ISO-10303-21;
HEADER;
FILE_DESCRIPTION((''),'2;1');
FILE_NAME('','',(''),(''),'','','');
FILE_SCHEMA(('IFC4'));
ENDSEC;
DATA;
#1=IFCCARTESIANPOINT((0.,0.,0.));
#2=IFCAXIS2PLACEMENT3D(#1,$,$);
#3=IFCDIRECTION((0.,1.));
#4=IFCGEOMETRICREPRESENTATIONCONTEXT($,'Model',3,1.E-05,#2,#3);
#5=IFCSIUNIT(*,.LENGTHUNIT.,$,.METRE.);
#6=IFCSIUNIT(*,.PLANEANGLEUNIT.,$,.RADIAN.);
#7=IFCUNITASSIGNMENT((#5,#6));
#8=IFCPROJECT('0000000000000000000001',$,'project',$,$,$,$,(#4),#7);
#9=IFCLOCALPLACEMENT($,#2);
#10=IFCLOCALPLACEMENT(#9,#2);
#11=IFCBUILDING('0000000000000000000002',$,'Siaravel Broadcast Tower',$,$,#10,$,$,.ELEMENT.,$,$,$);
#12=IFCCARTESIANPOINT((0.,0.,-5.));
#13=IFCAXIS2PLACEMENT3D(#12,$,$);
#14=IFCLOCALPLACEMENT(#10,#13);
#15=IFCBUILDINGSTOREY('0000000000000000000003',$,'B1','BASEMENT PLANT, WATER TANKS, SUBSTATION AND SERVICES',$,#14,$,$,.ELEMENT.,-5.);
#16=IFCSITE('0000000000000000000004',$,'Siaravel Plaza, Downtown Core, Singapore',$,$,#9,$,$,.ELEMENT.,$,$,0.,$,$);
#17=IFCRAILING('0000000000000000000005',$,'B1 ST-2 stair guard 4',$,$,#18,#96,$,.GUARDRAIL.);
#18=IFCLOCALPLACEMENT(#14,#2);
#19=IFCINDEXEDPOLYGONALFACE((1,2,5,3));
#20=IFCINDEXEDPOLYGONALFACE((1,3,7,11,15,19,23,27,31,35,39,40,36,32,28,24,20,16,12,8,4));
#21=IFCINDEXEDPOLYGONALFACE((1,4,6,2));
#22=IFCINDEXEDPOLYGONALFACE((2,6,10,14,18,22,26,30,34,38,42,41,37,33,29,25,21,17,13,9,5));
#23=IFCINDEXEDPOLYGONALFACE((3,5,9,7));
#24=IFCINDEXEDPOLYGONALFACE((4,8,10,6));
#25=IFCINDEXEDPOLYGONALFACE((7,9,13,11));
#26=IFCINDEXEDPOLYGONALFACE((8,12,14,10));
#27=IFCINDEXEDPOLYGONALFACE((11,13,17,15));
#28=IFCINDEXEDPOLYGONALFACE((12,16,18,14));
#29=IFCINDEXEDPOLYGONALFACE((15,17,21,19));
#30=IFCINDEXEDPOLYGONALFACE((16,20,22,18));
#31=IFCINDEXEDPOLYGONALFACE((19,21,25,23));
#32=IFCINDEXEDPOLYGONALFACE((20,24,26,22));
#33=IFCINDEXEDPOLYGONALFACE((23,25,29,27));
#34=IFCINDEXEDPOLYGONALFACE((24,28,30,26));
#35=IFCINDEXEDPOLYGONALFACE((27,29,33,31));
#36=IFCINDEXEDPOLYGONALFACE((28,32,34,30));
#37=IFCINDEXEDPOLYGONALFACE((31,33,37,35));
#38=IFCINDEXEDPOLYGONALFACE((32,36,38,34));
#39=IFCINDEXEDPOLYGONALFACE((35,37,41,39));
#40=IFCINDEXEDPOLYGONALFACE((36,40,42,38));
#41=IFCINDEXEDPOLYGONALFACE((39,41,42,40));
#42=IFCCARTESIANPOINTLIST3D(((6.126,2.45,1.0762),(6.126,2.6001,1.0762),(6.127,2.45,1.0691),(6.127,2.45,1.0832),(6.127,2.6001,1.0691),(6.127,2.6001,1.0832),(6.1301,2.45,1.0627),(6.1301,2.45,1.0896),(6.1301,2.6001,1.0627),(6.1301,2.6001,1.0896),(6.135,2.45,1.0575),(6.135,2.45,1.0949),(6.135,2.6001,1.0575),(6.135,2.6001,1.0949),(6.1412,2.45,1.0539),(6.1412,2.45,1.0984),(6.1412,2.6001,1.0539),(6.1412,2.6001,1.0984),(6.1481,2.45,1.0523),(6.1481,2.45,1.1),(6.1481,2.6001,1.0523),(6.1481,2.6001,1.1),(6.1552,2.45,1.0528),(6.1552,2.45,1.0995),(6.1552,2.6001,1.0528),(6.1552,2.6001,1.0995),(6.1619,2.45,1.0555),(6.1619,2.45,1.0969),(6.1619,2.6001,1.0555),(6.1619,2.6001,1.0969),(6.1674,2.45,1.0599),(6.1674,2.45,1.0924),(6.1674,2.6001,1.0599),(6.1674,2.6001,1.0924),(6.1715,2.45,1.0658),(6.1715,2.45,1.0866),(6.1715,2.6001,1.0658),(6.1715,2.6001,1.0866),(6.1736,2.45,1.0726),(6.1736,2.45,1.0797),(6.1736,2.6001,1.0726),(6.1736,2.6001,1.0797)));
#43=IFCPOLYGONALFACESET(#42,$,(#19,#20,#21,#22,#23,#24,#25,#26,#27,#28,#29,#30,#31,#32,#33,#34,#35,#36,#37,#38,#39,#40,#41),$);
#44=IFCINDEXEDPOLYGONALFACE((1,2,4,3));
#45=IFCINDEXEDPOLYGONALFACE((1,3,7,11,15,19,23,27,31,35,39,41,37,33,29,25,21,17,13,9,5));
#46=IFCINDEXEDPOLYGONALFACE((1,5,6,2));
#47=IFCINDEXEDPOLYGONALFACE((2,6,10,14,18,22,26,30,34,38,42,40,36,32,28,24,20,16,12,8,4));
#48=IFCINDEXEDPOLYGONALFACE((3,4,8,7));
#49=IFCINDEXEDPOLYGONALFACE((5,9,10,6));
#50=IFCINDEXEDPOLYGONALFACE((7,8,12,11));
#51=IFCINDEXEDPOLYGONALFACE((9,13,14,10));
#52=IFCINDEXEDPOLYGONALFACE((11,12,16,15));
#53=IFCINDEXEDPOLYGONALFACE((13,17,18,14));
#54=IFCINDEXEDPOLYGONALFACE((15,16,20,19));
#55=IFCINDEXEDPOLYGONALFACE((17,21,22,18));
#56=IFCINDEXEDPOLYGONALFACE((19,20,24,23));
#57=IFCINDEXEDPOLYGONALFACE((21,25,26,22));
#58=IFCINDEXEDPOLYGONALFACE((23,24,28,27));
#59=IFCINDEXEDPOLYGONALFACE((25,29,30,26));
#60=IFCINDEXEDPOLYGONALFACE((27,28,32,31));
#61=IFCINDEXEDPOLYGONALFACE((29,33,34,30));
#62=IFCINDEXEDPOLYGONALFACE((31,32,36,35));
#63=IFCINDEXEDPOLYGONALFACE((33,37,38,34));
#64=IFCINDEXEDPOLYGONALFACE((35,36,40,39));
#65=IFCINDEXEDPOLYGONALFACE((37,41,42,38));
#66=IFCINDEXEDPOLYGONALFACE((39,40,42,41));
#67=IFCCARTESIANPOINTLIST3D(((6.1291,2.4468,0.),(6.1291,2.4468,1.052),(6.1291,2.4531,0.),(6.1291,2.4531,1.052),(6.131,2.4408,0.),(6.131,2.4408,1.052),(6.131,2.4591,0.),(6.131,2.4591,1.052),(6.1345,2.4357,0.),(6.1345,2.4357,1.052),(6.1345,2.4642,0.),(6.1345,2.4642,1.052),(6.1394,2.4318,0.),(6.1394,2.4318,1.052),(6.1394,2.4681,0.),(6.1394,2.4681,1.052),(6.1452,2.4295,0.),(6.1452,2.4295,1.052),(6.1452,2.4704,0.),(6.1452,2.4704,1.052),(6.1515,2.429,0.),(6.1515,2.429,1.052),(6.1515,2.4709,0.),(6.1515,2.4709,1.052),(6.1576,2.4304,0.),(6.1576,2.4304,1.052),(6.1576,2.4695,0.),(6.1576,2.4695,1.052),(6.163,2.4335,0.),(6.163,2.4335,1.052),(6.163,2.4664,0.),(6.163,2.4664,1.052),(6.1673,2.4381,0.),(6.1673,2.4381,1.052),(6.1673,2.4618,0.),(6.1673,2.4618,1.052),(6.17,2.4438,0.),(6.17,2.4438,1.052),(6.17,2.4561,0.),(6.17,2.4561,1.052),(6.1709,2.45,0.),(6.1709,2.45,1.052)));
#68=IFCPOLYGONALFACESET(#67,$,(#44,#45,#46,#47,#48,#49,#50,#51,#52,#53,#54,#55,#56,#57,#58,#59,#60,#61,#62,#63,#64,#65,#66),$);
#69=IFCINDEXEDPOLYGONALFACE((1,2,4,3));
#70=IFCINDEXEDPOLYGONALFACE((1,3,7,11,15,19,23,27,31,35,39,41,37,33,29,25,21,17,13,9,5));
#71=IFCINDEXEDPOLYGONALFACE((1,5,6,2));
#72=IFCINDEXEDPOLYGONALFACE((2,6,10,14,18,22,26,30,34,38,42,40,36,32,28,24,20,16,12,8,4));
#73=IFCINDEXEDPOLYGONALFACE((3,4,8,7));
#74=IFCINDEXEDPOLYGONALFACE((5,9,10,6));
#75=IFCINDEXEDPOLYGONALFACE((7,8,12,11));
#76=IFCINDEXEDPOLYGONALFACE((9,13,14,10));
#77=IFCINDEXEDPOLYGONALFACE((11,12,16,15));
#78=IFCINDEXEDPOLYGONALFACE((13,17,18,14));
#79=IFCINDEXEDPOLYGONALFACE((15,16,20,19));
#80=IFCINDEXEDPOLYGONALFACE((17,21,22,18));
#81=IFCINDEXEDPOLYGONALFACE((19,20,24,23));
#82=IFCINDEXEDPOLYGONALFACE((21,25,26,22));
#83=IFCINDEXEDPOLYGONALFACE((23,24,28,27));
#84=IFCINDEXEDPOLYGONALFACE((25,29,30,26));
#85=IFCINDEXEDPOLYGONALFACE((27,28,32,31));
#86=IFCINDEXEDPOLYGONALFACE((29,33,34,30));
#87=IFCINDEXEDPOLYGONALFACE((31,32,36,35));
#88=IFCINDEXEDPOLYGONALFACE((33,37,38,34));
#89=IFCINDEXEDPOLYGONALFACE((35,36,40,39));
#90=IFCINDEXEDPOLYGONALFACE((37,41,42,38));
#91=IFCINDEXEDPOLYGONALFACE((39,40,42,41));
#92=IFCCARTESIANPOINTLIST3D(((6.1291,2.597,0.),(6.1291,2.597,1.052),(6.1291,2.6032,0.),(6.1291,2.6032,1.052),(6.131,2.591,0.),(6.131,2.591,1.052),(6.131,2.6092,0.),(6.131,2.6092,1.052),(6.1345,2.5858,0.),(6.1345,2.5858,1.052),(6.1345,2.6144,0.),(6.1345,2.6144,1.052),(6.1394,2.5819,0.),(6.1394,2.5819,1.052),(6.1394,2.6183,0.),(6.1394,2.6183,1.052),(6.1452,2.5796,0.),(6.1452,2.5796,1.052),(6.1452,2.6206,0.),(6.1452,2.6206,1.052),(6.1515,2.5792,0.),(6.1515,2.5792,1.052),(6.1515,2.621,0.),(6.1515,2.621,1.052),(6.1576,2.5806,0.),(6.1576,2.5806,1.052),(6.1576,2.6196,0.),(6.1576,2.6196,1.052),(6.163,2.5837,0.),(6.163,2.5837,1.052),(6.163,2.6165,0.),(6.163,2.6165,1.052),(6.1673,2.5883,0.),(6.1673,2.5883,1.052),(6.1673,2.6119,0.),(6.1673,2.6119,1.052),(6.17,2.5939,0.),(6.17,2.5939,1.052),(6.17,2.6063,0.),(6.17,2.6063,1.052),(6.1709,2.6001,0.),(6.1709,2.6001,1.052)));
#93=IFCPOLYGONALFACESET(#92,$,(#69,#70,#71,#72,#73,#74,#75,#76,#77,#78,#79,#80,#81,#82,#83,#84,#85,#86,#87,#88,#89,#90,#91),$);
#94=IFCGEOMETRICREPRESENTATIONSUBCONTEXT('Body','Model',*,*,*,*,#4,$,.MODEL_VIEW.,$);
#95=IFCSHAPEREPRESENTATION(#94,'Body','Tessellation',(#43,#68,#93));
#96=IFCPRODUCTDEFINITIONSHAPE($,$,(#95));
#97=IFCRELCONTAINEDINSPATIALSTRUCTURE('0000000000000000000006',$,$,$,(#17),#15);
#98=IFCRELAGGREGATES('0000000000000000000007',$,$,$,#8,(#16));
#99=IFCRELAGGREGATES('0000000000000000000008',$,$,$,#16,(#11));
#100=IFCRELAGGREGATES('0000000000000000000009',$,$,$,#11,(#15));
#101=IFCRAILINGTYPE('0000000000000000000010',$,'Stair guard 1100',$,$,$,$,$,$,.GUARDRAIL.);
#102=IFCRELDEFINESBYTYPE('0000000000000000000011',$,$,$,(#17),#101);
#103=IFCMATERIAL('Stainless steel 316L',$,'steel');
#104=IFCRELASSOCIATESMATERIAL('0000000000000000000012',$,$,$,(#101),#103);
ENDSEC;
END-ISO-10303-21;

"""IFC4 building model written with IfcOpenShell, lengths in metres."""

from ifc_helpers import new_model, si_unit, direction, frame, origin, origin_2d, place, context, subcontext, project, spatial, circle, extrude, material, type_object, element, save


model = new_model("IFC4")

# Units and contexts
model_context = context("Model", 3, precision=1e-05, world=origin(), true_north=direction((0.0, 1.0)))
body_context = subcontext(model_context, "Body", "Model", "MODEL_VIEW")
ifc_project = project(units=[si_unit("LENGTHUNIT", "METRE"), si_unit("PLANEANGLEUNIT", "RADIAN")], contexts=[model_context])

# Site, building, storey
site_placement = place(None, origin())
site = spatial("IfcSite", under=ifc_project, at=site_placement, Name="Siaravel Plaza, Downtown Core, Singapore", CompositionType="ELEMENT", RefElevation=0.0)
building_placement = place(site_placement, origin())
building = spatial("IfcBuilding", under=site, at=building_placement, Name="Siaravel Broadcast Tower", CompositionType="ELEMENT")
storey_placement = place(building_placement, frame((0.0, 0.0, -5.0)))
storey = spatial("IfcBuildingStorey", under=building, at=storey_placement, Name="B1", Description="BASEMENT PLANT, WATER TANKS, SUBSTATION AND SERVICES", CompositionType="ELEMENT", Elevation=-5.0)

# Railing
ifc_material_1 = material(Name="Stainless steel 316L", Category="steel")
railing_type_1 = type_object("IfcRailingType", Name="Stair guard 1100", PredefinedType="GUARDRAIL", material=ifc_material_1)
railing_1_placement = place(storey_placement, frame((6.1499, 2.45, 0.0)))
element("IfcRailing", 1, at=railing_1_placement, inside=storey, type_object=railing_type_1, Name="B1 ST-2 stair guard 4", PredefinedType="GUARDRAIL", context=body_context, shape_type="SweptSolid", body=[
    extrude(circle(Radius=0.0239, at=origin_2d()), frame((0.0, 0.0, 1.0762), z_axis=(0.0, 1.0, 0.0), x_axis=(-1.0, 0.0, 0.0)), (0.0, 0.0, 1.0), 0.1501),
    extrude(circle(Radius=0.021, at=origin_2d()), origin(), (0.0, 0.0, 1.0), 1.052),
    extrude(circle(Radius=0.021, at=origin_2d()), frame((0.0, 0.1501, 0.0)), (0.0, 0.0, 1.0), 1.052),
])

save(model, "model.ifc")
